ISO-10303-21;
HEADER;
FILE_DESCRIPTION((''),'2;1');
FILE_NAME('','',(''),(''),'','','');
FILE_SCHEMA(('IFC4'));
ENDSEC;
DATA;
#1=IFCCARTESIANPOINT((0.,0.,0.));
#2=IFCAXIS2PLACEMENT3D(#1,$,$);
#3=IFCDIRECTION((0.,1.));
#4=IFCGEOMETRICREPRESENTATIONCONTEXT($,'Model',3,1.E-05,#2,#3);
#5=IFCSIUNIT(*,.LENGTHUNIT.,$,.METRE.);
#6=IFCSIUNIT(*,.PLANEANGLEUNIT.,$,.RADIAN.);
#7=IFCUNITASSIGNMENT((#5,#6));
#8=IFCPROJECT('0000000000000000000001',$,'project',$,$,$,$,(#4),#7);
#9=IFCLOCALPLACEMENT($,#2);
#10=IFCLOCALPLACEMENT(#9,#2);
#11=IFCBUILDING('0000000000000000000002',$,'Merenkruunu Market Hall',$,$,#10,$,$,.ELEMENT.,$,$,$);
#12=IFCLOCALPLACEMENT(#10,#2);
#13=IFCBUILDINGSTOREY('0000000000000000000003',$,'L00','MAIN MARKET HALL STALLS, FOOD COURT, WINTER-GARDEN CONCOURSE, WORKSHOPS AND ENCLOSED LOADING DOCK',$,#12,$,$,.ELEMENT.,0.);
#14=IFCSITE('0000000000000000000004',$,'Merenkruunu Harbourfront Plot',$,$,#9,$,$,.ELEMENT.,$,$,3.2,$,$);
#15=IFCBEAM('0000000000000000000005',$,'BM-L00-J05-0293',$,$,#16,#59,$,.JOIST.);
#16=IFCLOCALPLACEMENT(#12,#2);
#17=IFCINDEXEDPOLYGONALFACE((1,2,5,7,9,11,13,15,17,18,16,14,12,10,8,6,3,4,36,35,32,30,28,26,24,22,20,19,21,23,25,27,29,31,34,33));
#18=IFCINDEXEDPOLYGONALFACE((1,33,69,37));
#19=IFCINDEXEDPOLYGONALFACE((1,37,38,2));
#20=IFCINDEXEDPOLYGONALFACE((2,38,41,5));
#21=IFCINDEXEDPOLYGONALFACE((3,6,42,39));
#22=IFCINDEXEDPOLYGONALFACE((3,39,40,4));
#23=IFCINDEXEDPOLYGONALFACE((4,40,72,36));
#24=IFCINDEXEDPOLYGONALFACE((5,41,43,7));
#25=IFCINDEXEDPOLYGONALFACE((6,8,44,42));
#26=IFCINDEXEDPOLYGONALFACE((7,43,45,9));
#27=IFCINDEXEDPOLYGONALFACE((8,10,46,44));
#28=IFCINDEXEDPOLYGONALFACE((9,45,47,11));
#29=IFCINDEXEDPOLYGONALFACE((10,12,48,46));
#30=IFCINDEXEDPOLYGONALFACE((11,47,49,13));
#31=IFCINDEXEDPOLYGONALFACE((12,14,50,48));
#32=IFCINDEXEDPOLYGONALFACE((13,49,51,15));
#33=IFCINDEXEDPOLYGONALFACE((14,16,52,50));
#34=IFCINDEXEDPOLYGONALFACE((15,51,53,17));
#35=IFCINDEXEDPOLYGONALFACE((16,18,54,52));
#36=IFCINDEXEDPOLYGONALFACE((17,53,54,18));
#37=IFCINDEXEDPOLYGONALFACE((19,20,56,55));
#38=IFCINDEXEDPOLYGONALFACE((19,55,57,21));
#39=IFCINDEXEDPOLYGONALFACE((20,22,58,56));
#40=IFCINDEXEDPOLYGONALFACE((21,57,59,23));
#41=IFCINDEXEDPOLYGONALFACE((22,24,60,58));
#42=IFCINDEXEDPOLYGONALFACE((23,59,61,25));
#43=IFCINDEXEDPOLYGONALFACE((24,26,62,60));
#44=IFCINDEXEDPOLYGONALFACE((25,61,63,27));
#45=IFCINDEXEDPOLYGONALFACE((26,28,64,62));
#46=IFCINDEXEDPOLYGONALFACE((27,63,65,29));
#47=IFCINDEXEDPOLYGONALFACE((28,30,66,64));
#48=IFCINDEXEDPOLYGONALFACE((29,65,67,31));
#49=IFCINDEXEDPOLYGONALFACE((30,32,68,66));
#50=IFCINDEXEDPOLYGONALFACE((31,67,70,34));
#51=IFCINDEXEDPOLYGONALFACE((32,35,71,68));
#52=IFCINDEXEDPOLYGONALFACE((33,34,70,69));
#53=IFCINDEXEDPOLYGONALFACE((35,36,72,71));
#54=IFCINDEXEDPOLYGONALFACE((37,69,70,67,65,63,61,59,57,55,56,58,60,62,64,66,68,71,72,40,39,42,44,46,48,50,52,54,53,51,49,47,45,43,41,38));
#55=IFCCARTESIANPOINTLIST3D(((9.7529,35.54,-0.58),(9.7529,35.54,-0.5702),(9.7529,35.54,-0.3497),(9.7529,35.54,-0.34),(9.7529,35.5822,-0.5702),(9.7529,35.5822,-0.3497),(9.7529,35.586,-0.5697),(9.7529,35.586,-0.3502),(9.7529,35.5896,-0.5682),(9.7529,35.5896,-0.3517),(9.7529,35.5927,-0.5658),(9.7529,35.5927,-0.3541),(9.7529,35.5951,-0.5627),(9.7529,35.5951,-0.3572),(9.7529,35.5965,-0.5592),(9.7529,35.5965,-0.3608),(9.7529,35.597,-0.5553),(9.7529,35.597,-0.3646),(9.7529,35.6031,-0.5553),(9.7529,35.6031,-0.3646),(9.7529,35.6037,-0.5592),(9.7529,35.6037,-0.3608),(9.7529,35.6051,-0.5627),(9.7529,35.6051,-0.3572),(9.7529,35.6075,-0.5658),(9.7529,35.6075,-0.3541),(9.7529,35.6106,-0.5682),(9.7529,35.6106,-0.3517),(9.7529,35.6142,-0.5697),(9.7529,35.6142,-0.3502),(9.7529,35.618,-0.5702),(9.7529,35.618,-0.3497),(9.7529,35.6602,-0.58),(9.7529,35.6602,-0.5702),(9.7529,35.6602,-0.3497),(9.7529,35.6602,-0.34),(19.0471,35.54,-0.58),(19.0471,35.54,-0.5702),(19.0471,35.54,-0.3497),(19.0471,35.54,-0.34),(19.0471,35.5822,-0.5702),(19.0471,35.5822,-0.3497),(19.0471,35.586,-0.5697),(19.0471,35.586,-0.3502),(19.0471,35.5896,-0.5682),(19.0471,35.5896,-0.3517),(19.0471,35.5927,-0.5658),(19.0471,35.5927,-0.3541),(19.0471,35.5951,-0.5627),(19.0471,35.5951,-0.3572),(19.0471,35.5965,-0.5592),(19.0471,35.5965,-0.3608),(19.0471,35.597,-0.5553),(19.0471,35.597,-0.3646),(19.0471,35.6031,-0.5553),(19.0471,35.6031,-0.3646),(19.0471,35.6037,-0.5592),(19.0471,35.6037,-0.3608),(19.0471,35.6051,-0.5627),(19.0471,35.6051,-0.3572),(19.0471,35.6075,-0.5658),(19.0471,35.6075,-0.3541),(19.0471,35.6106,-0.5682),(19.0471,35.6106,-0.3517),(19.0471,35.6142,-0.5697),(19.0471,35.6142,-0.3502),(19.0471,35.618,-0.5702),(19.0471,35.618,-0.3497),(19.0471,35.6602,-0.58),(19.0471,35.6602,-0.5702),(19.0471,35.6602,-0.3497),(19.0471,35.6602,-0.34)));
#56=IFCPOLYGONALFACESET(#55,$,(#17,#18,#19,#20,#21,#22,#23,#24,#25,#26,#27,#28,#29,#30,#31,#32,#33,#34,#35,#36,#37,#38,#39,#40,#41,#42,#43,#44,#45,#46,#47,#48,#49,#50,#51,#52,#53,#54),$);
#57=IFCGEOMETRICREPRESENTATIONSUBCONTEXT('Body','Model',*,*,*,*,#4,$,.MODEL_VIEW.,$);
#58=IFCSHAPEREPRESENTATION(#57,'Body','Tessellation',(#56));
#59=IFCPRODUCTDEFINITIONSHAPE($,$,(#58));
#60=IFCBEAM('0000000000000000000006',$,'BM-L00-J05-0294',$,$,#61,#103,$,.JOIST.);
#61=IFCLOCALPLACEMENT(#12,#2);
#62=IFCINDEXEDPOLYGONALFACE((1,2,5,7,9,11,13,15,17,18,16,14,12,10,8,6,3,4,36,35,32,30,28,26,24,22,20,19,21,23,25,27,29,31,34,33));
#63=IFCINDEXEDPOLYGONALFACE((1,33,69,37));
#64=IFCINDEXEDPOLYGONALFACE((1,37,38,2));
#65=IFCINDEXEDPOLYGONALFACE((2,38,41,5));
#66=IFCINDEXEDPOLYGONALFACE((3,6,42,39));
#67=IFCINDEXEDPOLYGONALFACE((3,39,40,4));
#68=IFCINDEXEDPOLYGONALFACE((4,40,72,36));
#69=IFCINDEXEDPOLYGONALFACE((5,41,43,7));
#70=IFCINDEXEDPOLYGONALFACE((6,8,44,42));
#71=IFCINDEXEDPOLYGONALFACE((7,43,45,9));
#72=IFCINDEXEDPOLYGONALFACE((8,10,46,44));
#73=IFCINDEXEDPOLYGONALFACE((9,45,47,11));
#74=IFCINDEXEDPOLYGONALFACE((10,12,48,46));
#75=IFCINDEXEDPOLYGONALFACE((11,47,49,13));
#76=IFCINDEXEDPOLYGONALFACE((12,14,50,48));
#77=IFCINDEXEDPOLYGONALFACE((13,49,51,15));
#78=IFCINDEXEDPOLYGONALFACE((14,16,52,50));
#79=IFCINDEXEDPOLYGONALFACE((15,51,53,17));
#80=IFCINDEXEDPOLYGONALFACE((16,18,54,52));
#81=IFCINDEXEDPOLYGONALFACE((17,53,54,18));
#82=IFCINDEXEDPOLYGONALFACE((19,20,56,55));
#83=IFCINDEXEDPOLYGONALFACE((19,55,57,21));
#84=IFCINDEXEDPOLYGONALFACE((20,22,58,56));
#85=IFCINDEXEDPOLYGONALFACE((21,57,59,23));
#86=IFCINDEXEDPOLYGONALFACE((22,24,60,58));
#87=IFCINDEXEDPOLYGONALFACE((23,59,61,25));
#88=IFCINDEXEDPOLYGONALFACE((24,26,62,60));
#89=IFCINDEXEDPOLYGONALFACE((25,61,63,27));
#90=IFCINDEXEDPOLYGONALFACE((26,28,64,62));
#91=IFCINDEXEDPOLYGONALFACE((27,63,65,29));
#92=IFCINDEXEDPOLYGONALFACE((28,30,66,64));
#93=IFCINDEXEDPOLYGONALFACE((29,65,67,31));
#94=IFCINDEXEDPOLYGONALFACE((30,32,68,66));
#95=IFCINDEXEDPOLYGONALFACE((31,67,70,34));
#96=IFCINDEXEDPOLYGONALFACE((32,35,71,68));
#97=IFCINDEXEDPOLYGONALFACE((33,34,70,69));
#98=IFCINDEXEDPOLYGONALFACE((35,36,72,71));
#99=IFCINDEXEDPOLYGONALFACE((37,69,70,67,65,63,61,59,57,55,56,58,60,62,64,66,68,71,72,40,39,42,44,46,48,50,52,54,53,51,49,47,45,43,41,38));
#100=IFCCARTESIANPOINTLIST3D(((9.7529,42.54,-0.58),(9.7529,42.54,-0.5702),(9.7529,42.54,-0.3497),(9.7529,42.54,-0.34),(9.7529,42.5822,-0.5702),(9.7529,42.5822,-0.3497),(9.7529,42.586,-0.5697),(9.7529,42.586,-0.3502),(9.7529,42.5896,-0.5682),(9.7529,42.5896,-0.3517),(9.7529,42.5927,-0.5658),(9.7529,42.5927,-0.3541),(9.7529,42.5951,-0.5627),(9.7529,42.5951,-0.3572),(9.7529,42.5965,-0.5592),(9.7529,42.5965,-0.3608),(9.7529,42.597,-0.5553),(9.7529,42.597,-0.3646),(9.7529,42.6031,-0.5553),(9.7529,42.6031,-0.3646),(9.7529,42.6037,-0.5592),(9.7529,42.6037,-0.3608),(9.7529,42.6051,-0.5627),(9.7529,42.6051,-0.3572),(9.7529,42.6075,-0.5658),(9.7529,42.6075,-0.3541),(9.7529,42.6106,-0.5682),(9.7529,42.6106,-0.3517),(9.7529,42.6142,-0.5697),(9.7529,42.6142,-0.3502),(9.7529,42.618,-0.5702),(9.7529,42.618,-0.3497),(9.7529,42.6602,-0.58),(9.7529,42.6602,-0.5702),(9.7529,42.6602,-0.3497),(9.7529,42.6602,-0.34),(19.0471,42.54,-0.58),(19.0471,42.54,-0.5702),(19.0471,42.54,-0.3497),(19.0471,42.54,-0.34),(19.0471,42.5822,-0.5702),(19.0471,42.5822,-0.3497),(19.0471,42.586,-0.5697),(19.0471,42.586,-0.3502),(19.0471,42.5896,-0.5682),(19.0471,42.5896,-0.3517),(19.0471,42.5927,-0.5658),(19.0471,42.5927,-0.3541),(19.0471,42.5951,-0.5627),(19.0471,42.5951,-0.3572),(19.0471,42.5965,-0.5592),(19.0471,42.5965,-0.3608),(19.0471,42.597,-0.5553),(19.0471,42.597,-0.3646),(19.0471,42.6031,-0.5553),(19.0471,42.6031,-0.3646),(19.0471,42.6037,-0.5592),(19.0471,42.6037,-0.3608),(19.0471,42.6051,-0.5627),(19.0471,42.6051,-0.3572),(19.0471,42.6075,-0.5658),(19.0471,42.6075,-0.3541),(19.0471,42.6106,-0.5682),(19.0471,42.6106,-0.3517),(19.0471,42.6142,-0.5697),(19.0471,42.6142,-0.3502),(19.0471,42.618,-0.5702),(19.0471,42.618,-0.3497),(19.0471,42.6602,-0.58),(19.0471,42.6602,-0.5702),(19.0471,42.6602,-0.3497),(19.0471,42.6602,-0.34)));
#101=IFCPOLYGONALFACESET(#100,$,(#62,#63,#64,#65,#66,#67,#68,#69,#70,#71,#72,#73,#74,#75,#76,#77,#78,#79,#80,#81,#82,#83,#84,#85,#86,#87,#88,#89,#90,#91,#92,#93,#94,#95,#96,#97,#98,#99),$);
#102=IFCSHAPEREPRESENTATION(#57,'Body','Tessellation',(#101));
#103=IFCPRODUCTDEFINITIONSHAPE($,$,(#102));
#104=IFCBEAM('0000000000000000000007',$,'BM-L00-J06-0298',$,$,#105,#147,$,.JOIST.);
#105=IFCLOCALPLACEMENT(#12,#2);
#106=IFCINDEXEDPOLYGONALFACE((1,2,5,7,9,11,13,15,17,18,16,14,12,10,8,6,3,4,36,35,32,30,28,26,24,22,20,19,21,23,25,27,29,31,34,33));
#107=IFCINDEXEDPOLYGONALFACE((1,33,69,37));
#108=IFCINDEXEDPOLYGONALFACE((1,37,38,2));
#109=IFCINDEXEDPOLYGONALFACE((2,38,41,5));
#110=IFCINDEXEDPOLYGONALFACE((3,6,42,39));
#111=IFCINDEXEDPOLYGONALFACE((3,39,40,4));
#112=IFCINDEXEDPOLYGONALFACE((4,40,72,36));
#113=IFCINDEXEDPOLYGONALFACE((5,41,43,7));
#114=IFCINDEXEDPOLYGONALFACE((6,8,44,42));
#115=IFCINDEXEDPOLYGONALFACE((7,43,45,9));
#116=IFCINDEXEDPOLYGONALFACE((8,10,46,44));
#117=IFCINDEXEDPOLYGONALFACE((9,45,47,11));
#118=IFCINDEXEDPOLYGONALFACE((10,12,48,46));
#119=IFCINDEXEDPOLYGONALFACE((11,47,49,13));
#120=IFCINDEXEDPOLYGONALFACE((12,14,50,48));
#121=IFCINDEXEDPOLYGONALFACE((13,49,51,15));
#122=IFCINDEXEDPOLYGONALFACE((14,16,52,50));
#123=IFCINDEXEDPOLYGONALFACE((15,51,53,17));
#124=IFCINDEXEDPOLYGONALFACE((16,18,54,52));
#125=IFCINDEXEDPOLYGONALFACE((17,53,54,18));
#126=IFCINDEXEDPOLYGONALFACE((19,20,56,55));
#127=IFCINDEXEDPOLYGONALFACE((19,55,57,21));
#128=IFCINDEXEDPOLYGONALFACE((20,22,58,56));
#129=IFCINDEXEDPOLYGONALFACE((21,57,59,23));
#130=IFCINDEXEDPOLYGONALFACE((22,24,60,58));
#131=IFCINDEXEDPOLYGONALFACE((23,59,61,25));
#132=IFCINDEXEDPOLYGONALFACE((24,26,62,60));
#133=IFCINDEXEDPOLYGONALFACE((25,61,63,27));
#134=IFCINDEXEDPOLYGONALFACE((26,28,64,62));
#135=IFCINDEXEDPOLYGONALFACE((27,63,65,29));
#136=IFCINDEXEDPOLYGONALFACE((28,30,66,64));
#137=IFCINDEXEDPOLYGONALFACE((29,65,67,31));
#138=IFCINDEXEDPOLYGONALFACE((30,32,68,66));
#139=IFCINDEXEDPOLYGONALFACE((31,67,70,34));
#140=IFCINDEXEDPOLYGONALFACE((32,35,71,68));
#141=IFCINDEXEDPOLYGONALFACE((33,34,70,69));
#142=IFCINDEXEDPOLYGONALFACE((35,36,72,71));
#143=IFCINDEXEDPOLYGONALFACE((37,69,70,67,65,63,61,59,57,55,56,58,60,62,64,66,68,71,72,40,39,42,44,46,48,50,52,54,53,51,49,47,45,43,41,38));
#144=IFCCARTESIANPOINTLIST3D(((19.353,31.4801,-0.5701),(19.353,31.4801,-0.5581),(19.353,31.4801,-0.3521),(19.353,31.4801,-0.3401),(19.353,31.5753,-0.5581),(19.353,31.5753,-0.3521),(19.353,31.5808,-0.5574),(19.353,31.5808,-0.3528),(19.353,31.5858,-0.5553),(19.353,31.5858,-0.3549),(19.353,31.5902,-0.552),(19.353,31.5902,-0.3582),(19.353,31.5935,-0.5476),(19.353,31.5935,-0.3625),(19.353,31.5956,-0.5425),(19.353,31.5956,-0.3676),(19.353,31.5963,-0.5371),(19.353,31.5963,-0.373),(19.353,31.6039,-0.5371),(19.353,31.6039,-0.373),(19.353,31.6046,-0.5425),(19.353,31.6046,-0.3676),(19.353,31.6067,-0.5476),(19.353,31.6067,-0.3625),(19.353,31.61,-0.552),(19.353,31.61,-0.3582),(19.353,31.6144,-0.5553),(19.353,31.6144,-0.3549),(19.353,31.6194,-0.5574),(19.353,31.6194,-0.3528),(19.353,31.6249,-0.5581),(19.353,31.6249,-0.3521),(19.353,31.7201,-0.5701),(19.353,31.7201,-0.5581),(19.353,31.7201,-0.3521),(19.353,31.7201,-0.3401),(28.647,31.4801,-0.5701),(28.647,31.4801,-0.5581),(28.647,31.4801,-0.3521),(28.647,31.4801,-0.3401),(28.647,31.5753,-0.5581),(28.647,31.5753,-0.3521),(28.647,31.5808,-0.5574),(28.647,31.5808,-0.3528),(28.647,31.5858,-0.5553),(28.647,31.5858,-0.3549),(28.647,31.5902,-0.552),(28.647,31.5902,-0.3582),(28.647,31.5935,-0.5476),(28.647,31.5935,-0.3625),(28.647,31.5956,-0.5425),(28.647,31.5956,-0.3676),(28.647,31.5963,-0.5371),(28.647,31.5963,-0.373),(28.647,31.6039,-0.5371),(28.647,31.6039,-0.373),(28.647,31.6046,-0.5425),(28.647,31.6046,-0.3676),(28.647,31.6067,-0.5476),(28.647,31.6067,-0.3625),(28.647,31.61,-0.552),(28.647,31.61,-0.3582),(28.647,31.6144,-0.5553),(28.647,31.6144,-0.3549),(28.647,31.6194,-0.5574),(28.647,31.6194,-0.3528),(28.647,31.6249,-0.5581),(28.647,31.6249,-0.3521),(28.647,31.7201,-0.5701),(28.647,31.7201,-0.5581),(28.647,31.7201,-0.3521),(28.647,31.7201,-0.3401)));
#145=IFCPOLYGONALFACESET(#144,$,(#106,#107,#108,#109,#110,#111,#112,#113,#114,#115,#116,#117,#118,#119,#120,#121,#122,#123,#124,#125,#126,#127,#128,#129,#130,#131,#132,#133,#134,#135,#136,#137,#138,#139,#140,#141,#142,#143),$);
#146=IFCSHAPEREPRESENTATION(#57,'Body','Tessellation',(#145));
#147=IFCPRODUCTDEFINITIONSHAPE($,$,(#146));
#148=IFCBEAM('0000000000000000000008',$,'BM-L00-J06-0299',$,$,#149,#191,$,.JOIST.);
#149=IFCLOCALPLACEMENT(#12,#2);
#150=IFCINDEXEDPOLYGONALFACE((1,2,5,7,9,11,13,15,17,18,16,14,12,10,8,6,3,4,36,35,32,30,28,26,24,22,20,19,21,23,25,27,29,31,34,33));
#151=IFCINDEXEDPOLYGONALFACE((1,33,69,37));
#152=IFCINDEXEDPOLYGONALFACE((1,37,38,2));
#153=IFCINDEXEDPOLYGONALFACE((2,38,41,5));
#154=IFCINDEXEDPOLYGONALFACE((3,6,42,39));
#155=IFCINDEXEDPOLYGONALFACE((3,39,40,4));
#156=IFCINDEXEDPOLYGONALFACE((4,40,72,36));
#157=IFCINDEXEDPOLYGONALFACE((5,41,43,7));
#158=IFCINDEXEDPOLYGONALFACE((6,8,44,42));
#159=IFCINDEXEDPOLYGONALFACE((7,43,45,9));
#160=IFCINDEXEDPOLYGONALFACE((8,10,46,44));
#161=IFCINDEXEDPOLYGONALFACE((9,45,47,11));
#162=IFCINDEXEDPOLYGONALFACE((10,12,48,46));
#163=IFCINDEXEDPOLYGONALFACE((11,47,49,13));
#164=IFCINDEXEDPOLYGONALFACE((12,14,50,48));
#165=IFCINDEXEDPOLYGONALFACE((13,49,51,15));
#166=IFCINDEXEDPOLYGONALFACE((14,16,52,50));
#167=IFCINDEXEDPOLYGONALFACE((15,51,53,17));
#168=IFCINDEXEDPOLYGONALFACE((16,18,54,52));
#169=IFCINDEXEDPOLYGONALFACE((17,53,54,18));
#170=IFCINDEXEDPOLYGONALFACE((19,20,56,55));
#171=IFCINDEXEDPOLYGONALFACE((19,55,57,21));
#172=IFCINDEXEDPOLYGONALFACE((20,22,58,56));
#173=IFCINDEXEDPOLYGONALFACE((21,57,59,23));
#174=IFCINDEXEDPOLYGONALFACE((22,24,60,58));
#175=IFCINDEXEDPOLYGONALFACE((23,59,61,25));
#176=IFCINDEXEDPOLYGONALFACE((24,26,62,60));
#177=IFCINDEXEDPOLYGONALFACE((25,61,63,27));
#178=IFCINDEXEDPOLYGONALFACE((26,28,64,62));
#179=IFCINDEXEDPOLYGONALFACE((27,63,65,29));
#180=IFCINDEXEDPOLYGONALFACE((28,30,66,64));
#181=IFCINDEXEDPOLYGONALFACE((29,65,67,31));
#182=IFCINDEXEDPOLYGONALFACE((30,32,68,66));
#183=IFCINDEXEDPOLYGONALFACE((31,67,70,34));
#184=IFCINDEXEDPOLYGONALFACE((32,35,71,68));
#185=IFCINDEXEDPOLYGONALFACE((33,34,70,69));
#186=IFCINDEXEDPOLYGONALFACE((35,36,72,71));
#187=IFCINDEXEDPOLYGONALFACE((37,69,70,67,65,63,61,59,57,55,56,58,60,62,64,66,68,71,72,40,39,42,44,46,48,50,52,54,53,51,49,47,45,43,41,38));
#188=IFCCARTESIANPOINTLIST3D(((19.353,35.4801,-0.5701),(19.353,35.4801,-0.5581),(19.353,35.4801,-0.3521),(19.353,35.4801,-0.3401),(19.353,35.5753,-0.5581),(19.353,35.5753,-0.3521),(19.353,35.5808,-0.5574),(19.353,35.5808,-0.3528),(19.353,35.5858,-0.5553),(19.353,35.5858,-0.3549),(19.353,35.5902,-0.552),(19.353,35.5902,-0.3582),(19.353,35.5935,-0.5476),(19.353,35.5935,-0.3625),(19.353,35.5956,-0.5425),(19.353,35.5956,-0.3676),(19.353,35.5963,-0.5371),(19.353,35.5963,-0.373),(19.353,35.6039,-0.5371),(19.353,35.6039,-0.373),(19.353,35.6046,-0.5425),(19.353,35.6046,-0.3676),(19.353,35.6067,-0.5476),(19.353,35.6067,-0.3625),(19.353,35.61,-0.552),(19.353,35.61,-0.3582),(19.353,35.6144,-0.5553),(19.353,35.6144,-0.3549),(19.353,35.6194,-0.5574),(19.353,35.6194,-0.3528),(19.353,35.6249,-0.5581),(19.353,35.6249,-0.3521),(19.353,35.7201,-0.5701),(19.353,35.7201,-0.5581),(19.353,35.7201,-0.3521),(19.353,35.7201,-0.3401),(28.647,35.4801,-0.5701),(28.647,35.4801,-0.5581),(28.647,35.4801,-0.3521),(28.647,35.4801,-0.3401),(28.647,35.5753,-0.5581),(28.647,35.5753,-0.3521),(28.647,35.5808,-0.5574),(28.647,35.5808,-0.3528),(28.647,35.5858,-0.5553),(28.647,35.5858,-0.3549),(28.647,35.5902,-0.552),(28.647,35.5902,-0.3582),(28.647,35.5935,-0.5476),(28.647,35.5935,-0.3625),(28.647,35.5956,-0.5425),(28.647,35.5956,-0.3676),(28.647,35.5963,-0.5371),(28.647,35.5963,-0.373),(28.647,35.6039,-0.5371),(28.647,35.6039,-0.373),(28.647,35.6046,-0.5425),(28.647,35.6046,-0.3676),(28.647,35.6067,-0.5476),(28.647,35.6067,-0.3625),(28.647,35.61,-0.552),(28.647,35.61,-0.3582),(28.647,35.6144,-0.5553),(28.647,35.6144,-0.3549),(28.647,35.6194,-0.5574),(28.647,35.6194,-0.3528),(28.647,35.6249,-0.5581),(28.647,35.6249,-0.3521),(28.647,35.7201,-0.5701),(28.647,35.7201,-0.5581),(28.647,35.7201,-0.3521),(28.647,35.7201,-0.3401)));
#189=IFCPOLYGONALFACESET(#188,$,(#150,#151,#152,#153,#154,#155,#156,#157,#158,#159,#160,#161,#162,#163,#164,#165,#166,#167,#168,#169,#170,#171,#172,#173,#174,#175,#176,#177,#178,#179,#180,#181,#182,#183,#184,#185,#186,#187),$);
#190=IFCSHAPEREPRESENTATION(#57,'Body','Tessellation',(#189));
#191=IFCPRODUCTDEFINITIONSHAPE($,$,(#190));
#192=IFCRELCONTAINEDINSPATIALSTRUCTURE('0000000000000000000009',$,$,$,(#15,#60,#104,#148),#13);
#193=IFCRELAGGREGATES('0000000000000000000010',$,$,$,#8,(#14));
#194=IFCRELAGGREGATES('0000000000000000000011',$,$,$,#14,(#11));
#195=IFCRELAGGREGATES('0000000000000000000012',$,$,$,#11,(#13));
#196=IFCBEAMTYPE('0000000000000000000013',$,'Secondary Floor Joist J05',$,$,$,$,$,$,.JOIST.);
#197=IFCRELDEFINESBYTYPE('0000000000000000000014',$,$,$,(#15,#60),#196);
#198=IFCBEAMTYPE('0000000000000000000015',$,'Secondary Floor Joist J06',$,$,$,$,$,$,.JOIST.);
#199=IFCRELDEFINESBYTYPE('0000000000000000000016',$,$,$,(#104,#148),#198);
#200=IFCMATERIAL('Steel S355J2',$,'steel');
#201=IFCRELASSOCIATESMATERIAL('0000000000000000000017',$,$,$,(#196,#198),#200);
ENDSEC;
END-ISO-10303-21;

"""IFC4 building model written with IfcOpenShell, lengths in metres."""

from ifc_helpers import new_model, si_unit, direction, frame, origin, origin_2d, place, context, subcontext, project, spatial, i_section, extrude, material, material_profile, profile_set, type_object, element, save


model = new_model("IFC4")

# Units and contexts
model_context = context("Model", 3, precision=1e-05, world=origin(), true_north=direction((0.0, 1.0)))
body_context = subcontext(model_context, "Body", "Model", "MODEL_VIEW")
ifc_project = project(units=[si_unit("LENGTHUNIT", "METRE"), si_unit("PLANEANGLEUNIT", "RADIAN")], contexts=[model_context])

# Site, building, storey
site_placement = place(None, origin())
site = spatial("IfcSite", under=ifc_project, at=site_placement, Name="Merenkruunu Harbourfront Plot", CompositionType="ELEMENT", RefElevation=3.2)
building_placement = place(site_placement, origin())
building = spatial("IfcBuilding", under=site, at=building_placement, Name="Merenkruunu Market Hall", CompositionType="ELEMENT")
storey_placement = place(building_placement, origin())
storey = spatial("IfcBuildingStorey", under=building, at=storey_placement, Name="L00", Description="MAIN MARKET HALL STALLS, FOOD COURT, WINTER-GARDEN CONCOURSE, WORKSHOPS AND ENCLOSED LOADING DOCK", CompositionType="ELEMENT", Elevation=0.0)

# Shared definitions
ifc_material_1 = material(Name="Steel S355J2", Category="steel")

# Beams
ifc_material_profile_1 = material_profile(ifc_material_1, i_section(OverallWidth=0.1201, OverallDepth=0.24, WebThickness=0.0061, FlangeThickness=0.0098, FilletRadius=0.0149, at=origin_2d()), Name="IPE 240")
ifc_profile_set_1 = profile_set([ifc_material_profile_1], Name="Steel S355J2")
beam_type_1 = type_object("IfcBeamType", Name="Secondary Floor Joist J05", PredefinedType="JOIST", material=ifc_profile_set_1)
for number, where, z_axis, x_axis, name in (
    (1, (9.7529, 35.6001, -0.46), (1.0, 0.0, 0.0), (0.0, 1.0, 0.0), "BM-L00-J05-0293"),
    (2, (9.7529, 42.6001, -0.46), (1.0, 0.0, 0.0), (0.0, 1.0, 0.0), "BM-L00-J05-0294"),
):
    element("IfcBeam", number, at=place(storey_placement, frame(where, z_axis=z_axis, x_axis=x_axis)), inside=storey, type_object=beam_type_1, Name=name, PredefinedType="JOIST", context=body_context, shape_type="SweptSolid", body=[
        extrude(i_section(OverallWidth=0.1201, OverallDepth=0.24, WebThickness=0.0061, FlangeThickness=0.0098, FilletRadius=0.0149, at=origin_2d()), origin(), (0.0, 0.0, 1.0), 9.2942),
    ])
ifc_material_profile_2 = material_profile(ifc_material_1, i_section(OverallWidth=0.24, OverallDepth=0.23, WebThickness=0.0076, FlangeThickness=0.012, FilletRadius=0.021, at=origin_2d()), Name="HEA 240")
ifc_profile_set_2 = profile_set([ifc_material_profile_2], Name="Steel S355J2")
beam_type_2 = type_object("IfcBeamType", Name="Secondary Floor Joist J06", PredefinedType="JOIST", material=ifc_profile_set_2)
for number, where, z_axis, x_axis, name in (
    (3, (19.353, 31.6001, -0.4551), (1.0, 0.0, 0.0), (0.0, 1.0, 0.0), "BM-L00-J06-0298"),
    (4, (19.353, 35.6001, -0.4551), (1.0, 0.0, 0.0), (0.0, 1.0, 0.0), "BM-L00-J06-0299"),
):
    element("IfcBeam", number, at=place(storey_placement, frame(where, z_axis=z_axis, x_axis=x_axis)), inside=storey, type_object=beam_type_2, Name=name, PredefinedType="JOIST", context=body_context, shape_type="SweptSolid", body=[
        extrude(i_section(OverallWidth=0.24, OverallDepth=0.23, WebThickness=0.0076, FlangeThickness=0.012, FilletRadius=0.021, at=origin_2d()), origin(), (0.0, 0.0, 1.0), 9.2939),
    ])

save(model, "model.ifc")
